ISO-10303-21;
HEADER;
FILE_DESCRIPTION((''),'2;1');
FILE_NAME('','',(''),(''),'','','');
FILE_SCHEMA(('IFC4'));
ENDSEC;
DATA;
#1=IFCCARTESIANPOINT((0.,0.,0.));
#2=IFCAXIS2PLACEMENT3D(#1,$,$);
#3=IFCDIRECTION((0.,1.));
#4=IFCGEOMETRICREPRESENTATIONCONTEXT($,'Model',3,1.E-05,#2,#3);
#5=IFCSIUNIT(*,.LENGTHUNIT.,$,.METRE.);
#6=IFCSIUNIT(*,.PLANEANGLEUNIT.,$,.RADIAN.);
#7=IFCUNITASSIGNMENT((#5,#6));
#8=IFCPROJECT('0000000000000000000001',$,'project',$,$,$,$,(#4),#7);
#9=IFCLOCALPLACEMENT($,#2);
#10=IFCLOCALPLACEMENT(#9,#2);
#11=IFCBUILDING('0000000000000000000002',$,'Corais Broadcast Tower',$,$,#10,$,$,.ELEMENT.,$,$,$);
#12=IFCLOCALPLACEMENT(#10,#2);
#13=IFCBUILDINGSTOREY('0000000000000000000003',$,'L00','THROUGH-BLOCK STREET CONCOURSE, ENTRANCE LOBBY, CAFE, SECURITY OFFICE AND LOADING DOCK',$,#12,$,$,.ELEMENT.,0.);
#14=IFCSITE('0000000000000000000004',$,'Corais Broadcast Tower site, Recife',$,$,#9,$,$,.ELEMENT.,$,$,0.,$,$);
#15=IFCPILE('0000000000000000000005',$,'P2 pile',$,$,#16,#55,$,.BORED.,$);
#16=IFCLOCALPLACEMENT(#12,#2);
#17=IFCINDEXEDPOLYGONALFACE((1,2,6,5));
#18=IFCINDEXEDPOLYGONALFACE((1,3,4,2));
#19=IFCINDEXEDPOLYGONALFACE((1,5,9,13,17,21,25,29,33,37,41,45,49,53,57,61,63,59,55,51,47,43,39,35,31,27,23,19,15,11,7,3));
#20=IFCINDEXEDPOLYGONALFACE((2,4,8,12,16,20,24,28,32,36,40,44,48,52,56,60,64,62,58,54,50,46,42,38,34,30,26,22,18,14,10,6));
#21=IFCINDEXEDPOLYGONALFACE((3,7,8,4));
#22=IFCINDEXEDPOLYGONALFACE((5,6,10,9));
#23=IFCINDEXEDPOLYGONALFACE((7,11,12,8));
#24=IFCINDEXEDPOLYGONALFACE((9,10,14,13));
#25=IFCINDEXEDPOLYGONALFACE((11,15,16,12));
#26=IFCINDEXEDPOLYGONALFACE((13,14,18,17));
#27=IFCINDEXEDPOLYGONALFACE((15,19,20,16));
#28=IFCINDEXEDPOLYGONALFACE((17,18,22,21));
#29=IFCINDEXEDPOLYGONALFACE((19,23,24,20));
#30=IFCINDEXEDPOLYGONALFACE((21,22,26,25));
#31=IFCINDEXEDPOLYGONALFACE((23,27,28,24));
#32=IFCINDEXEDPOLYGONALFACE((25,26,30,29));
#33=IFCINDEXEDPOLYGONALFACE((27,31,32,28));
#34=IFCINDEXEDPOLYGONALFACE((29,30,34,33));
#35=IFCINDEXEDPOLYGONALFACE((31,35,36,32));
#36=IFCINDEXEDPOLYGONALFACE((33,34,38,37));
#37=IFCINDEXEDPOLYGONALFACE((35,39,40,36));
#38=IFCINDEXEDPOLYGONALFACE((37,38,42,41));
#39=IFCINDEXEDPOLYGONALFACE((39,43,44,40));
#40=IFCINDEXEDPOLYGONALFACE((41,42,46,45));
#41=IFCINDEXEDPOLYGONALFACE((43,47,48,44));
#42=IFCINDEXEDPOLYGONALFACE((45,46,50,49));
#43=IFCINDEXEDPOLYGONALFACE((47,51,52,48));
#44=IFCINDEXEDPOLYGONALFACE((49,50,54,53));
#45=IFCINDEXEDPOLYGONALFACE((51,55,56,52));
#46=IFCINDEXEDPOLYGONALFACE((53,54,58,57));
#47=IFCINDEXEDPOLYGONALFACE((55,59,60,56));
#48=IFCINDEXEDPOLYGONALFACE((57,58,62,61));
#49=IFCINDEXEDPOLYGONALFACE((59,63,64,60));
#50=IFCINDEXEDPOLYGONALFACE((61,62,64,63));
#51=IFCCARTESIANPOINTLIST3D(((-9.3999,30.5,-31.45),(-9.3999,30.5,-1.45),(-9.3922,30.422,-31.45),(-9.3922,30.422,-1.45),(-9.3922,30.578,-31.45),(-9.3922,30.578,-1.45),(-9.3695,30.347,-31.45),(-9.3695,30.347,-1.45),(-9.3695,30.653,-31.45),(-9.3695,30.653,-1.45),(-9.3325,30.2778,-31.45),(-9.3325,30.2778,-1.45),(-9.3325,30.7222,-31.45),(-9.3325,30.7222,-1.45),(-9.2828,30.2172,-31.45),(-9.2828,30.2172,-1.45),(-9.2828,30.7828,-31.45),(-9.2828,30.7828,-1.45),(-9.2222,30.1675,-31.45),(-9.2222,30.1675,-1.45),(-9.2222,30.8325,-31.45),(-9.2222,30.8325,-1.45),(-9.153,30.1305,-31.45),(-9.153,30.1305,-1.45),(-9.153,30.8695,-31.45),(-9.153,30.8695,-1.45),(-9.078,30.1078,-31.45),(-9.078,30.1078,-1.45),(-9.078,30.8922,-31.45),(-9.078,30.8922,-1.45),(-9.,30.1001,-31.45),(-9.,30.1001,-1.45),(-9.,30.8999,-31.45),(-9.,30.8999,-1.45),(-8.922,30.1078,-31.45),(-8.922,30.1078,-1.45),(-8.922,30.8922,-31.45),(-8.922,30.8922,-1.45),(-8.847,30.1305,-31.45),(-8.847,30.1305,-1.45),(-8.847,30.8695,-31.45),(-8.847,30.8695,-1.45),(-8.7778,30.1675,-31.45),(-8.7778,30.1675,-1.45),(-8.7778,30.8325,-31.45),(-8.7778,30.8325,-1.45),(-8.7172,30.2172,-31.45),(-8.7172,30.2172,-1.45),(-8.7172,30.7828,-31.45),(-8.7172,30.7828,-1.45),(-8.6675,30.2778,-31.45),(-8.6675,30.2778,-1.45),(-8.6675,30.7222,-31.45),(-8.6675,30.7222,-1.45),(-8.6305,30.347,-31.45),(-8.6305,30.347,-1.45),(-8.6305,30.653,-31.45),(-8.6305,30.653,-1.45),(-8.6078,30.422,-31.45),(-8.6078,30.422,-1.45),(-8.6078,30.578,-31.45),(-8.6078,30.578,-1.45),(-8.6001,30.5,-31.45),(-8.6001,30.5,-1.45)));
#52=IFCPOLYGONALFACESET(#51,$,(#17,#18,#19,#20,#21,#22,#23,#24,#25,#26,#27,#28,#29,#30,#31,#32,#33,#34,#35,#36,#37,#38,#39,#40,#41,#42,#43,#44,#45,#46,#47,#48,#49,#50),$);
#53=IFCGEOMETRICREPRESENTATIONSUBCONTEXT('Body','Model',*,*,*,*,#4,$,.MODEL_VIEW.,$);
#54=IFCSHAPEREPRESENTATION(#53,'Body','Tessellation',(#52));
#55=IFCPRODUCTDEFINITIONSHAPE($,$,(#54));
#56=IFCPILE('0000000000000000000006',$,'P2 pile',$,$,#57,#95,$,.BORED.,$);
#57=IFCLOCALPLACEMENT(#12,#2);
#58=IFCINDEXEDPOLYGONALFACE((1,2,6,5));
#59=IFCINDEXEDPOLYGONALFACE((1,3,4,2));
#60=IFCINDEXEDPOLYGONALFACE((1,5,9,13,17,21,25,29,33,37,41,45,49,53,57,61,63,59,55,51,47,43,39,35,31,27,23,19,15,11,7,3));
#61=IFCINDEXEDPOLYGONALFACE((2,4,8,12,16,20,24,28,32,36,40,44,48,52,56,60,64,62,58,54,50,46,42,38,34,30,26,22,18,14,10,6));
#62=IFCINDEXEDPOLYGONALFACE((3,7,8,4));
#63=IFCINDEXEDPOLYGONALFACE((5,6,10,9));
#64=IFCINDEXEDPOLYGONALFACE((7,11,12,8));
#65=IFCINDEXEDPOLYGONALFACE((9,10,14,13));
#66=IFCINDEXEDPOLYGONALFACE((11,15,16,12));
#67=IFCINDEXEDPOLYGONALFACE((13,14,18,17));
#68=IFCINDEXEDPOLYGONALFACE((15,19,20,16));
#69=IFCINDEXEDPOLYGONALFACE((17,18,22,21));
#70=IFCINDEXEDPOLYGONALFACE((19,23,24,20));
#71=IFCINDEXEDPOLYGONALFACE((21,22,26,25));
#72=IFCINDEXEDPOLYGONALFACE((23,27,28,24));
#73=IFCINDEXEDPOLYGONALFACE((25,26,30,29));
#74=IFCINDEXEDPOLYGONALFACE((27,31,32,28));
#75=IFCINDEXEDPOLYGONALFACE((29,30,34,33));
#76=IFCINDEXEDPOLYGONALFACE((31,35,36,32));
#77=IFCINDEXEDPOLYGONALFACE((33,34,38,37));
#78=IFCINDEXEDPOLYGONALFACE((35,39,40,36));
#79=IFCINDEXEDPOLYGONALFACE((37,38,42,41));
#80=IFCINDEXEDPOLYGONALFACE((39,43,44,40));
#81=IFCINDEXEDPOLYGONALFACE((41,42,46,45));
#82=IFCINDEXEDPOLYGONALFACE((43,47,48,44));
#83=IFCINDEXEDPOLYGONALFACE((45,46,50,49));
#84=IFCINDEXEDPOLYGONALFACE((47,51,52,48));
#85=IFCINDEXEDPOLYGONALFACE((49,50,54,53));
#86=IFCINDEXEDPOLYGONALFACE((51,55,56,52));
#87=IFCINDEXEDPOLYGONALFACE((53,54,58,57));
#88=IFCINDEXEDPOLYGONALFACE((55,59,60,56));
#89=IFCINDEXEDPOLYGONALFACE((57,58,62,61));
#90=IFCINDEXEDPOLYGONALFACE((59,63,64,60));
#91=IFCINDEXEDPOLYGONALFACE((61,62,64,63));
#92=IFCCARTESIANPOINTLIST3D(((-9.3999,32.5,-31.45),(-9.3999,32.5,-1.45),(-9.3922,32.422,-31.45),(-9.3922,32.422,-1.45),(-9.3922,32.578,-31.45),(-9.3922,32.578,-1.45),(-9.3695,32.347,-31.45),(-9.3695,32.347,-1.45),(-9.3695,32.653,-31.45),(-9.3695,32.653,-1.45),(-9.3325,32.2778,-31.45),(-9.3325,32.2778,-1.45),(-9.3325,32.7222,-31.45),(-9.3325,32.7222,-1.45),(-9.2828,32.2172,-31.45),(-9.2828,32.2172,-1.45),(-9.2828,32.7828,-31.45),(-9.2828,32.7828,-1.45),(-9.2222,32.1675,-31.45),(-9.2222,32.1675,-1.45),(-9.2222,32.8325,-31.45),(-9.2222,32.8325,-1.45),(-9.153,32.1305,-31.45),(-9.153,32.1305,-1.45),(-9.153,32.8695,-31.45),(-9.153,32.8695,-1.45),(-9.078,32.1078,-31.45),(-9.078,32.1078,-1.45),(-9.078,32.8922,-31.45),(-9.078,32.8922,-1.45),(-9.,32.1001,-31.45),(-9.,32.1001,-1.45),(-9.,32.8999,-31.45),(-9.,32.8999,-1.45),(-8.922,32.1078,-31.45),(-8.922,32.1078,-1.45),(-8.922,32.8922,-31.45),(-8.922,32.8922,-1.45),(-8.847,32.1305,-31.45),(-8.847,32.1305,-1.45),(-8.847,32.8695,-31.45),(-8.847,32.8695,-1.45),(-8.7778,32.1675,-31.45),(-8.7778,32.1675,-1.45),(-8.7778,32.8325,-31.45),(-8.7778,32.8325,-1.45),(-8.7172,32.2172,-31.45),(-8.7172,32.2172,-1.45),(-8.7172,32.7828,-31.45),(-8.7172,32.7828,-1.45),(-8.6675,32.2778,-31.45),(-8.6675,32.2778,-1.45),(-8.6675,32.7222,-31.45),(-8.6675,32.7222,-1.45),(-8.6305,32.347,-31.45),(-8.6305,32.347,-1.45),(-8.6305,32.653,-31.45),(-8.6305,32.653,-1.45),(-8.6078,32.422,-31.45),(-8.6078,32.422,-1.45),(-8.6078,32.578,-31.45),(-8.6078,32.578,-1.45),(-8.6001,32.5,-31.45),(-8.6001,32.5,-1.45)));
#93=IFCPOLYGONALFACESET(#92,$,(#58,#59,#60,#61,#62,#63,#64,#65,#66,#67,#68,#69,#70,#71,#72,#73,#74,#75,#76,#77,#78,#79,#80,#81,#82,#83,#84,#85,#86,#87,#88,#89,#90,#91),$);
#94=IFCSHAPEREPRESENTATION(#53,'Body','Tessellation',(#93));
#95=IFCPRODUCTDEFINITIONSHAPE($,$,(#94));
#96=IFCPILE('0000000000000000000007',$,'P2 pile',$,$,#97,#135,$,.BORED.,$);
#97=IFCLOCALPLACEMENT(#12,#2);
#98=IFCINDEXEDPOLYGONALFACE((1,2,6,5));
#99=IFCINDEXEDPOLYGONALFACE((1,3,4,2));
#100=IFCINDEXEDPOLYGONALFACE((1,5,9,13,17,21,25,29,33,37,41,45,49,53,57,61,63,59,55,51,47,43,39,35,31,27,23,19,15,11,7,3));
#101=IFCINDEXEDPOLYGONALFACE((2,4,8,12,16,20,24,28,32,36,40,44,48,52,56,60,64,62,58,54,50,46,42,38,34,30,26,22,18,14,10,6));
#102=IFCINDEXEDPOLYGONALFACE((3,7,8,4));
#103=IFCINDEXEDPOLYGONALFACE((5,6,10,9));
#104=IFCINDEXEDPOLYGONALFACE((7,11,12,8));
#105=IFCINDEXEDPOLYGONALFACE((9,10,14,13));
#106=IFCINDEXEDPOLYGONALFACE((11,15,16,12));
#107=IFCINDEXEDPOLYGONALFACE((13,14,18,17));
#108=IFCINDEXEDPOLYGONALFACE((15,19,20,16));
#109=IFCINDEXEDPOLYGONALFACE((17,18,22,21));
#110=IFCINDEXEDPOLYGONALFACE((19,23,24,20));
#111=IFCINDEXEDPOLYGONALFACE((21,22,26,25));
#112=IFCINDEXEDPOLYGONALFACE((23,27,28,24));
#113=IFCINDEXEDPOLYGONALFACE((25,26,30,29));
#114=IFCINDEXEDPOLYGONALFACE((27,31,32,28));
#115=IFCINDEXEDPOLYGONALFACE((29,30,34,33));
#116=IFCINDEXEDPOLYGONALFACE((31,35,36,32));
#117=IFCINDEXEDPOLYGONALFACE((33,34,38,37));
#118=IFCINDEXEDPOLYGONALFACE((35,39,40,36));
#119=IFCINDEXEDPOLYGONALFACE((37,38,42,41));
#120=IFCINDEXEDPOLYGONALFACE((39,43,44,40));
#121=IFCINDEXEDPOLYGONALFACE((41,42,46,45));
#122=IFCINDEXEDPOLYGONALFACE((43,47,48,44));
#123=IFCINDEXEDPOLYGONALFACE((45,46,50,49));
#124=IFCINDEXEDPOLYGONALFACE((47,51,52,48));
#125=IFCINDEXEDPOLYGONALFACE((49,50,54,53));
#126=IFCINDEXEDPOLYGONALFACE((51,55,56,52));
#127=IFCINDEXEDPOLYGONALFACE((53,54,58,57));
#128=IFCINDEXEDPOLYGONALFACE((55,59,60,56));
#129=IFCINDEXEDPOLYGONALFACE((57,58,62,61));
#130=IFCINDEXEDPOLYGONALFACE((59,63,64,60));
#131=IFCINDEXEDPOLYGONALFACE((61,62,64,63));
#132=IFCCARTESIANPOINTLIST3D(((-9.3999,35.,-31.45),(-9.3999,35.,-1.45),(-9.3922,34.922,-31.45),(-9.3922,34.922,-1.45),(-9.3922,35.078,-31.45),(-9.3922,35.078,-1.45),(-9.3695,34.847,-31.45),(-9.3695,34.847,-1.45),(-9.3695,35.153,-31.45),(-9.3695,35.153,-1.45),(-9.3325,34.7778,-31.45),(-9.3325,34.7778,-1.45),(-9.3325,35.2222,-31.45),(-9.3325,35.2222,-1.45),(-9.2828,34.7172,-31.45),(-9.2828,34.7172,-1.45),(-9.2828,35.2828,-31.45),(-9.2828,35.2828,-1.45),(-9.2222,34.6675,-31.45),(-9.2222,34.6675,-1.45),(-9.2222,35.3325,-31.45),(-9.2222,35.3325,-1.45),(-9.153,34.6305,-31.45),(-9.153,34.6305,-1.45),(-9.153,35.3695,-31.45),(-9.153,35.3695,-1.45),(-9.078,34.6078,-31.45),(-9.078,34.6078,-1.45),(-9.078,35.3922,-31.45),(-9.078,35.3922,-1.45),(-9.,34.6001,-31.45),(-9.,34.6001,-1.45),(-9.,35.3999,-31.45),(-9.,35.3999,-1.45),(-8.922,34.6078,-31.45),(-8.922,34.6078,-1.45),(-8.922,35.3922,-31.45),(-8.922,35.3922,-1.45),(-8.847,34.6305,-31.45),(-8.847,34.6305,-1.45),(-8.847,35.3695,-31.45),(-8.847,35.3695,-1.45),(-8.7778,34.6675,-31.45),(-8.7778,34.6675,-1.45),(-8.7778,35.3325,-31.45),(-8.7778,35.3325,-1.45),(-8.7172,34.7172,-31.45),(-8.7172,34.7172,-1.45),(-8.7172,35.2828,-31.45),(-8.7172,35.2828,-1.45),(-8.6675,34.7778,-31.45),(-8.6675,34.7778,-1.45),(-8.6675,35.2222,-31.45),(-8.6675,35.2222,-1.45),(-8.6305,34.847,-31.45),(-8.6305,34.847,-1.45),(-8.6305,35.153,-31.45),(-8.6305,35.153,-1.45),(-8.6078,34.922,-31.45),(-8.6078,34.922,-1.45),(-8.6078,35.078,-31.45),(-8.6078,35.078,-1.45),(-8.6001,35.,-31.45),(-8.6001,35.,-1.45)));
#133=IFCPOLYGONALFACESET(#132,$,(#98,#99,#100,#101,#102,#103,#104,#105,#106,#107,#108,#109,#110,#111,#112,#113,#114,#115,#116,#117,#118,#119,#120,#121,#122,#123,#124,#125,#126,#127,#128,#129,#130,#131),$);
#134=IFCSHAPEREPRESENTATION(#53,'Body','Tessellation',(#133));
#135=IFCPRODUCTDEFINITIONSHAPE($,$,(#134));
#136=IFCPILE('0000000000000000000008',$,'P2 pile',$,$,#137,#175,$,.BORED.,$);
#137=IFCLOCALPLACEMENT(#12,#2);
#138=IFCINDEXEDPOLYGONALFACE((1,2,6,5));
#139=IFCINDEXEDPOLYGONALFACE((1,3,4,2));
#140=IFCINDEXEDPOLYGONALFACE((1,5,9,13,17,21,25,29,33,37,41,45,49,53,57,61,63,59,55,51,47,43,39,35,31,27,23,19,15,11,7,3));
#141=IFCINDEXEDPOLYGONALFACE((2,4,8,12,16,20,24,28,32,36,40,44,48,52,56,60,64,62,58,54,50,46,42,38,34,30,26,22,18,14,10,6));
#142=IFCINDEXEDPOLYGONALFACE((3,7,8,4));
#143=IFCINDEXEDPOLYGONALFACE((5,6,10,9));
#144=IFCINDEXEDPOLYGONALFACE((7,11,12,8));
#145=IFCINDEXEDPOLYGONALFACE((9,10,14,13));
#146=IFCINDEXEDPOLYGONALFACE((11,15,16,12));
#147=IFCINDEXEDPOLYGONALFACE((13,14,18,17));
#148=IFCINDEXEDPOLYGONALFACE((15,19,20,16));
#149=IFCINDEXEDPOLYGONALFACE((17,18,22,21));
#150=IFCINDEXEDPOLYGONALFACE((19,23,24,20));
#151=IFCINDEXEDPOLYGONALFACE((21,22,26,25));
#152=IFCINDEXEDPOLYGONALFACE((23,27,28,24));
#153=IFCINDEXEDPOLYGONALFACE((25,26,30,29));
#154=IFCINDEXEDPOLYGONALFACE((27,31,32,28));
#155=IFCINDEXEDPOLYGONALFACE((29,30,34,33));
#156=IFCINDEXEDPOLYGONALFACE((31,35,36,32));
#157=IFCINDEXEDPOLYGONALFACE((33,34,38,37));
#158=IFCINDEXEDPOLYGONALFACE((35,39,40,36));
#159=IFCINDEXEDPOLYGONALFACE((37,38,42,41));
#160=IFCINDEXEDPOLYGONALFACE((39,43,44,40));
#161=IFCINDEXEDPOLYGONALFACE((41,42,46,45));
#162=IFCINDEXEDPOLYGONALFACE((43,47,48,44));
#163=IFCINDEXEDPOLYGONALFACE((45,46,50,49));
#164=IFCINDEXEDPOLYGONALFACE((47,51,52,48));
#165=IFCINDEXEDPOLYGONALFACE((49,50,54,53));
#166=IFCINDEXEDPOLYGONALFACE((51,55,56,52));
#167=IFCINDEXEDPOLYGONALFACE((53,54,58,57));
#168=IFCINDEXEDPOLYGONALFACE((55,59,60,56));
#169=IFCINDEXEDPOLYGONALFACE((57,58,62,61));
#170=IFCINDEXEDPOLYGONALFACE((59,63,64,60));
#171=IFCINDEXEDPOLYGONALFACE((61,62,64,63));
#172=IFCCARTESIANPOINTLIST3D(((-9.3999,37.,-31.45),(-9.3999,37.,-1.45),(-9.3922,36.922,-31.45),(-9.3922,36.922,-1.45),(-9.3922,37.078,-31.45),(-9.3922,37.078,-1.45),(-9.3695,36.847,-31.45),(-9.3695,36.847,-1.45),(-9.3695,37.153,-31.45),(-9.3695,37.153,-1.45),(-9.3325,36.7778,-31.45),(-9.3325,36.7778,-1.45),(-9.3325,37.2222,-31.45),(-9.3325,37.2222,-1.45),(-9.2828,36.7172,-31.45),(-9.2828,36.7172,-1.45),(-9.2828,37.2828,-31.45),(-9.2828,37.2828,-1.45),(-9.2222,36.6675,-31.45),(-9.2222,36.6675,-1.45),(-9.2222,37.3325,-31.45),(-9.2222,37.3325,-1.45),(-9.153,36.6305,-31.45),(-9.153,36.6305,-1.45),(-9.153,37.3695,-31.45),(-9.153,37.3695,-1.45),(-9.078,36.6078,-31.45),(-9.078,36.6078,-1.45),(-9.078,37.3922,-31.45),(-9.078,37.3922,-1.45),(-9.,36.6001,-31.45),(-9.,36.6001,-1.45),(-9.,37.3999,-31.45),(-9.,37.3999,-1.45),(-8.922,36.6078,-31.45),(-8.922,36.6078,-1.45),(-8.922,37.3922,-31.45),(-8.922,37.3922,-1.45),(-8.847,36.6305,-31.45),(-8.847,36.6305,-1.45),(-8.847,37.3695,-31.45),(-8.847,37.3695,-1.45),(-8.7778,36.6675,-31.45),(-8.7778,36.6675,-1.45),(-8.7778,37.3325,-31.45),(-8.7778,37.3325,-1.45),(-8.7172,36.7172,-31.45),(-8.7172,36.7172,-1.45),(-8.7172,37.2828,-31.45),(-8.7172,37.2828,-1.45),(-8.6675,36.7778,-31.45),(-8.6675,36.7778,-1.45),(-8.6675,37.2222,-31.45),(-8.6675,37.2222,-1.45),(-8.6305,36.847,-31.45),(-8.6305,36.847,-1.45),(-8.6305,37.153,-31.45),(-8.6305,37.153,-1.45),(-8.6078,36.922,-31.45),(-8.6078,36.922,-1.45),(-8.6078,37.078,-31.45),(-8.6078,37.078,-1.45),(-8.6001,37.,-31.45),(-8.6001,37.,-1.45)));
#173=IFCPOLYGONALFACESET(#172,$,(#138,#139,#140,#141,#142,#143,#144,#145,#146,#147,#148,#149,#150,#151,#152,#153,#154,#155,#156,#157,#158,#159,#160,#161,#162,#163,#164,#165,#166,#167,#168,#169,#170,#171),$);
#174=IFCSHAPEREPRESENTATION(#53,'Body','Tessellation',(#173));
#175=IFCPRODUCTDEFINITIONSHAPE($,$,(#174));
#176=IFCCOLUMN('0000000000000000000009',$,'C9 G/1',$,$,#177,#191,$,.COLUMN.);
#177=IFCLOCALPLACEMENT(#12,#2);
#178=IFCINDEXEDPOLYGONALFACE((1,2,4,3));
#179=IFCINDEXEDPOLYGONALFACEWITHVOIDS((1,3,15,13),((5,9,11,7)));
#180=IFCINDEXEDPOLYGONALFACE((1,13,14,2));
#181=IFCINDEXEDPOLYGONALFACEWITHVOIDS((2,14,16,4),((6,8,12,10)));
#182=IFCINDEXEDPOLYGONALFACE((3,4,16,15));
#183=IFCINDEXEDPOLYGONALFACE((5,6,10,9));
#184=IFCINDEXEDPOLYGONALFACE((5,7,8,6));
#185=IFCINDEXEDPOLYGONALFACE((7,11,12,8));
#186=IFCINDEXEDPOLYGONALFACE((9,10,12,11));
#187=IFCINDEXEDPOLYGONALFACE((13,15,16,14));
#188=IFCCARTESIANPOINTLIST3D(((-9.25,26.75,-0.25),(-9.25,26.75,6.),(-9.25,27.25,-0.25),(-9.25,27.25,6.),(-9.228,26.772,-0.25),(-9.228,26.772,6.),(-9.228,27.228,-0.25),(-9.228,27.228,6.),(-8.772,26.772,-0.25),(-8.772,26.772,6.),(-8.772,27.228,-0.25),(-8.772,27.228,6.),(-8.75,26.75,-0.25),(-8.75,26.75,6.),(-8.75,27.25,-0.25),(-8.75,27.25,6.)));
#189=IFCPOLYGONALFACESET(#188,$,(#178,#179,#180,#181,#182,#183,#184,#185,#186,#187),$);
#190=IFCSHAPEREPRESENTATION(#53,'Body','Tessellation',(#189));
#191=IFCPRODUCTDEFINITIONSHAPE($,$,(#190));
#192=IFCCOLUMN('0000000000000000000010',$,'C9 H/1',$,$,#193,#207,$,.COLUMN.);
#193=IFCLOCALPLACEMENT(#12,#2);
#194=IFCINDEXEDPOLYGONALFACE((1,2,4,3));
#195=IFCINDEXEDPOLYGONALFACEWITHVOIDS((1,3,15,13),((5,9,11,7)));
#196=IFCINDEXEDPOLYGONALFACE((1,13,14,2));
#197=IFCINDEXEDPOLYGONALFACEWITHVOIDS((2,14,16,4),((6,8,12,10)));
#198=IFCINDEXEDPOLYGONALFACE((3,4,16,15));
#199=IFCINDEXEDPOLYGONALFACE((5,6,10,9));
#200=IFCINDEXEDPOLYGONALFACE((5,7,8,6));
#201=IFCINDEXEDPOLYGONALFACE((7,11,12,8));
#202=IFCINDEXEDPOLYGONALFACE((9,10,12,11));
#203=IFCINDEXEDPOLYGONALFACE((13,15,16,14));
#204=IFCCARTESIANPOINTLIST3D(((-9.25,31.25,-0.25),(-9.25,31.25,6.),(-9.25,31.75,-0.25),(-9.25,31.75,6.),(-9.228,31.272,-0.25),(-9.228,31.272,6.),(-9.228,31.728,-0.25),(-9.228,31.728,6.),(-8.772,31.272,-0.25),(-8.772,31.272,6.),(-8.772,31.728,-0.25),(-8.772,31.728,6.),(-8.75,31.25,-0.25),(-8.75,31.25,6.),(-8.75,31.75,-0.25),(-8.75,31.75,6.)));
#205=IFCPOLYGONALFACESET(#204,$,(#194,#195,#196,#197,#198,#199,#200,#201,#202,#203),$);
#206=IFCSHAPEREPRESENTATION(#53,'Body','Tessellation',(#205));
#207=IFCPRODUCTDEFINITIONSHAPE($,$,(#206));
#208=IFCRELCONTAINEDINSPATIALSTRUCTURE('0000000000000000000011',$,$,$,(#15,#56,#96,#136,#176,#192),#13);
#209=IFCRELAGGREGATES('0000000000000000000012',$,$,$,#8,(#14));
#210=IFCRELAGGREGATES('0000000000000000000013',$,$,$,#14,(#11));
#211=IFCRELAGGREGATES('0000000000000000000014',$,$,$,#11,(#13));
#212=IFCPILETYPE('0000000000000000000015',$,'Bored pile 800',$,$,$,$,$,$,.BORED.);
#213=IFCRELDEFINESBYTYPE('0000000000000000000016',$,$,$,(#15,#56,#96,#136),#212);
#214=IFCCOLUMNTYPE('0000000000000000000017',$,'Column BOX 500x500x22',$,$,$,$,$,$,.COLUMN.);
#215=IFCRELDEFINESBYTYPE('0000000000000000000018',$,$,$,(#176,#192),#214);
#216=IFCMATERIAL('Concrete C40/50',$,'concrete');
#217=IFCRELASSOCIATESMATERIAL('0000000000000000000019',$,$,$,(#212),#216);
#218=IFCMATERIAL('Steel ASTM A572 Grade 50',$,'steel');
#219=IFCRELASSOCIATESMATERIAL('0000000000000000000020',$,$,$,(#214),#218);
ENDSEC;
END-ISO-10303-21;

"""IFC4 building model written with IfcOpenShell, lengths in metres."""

from ifc_helpers import new_model, si_unit, direction, frame, origin, origin_2d, place, context, subcontext, project, spatial, hollow_rectangle, circle, extrude, material, material_profile, profile_set, type_object, element, save


model = new_model("IFC4")

# Units and contexts
model_context = context("Model", 3, precision=1e-05, world=origin(), true_north=direction((0.0, 1.0)))
body_context = subcontext(model_context, "Body", "Model", "MODEL_VIEW")
ifc_project = project(units=[si_unit("LENGTHUNIT", "METRE"), si_unit("PLANEANGLEUNIT", "RADIAN")], contexts=[model_context])

# Site, building, storey
site_placement = place(None, origin())
site = spatial("IfcSite", under=ifc_project, at=site_placement, Name="Corais Broadcast Tower site, Recife", CompositionType="ELEMENT", RefElevation=0.0)
building_placement = place(site_placement, origin())
building = spatial("IfcBuilding", under=site, at=building_placement, Name="Corais Broadcast Tower", CompositionType="ELEMENT")
storey_placement = place(building_placement, origin())
storey = spatial("IfcBuildingStorey", under=building, at=storey_placement, Name="L00", Description="THROUGH-BLOCK STREET CONCOURSE, ENTRANCE LOBBY, CAFE, SECURITY OFFICE AND LOADING DOCK", CompositionType="ELEMENT", Elevation=0.0)

# Piles
ifc_material_1 = material(Name="Concrete C40/50", Category="concrete")
pile_type_1 = type_object("IfcPileType", Name="Bored pile 800", PredefinedType="BORED", material=ifc_material_1)
for number, where, z_axis, x_axis, name in (
    (1, (-9.0, 30.5, -1.45), (0.0, 0.0, -1.0), (1.0, 0.0, 0.0), "P2 pile"),
    (2, (-9.0, 32.5, -1.45), (0.0, 0.0, -1.0), (1.0, 0.0, 0.0), "P2 pile"),
    (3, (-9.0, 35.0, -1.45), (0.0, 0.0, -1.0), (1.0, 0.0, 0.0), "P2 pile"),
    (4, (-9.0, 37.0, -1.45), (0.0, 0.0, -1.0), (1.0, 0.0, 0.0), "P2 pile"),
):
    element("IfcPile", number, at=place(storey_placement, frame(where, z_axis=z_axis, x_axis=x_axis)), inside=storey, type_object=pile_type_1, Name=name, PredefinedType="BORED", context=body_context, shape_type="SweptSolid", body=[
        extrude(circle(Radius=0.3999, at=origin_2d()), origin(), (0.0, 0.0, 1.0), 30.0),
    ])

# Columns
ifc_material_2 = material(Name="Steel ASTM A572 Grade 50", Category="steel")
ifc_material_profile_1 = material_profile(ifc_material_2, hollow_rectangle(XDim=0.5, YDim=0.5, WallThickness=0.022, at=origin_2d()), Name="BOX 500x500x22")
ifc_profile_set_1 = profile_set([ifc_material_profile_1], Name="Steel ASTM A572 Grade 50")
column_type_1 = type_object("IfcColumnType", Name="Column BOX 500x500x22", PredefinedType="COLUMN", material=ifc_profile_set_1)
for number, where, z_axis, x_axis, name in (
    (5, (-9.0, 27.0, -0.25), (0.0, 0.0, 1.0), (1.0, 0.0, 0.0), "C9 G/1"),
    (6, (-9.0, 31.5, -0.25), (0.0, 0.0, 1.0), (1.0, 0.0, 0.0), "C9 H/1"),
):
    element("IfcColumn", number, at=place(storey_placement, frame(where, z_axis=z_axis, x_axis=x_axis)), inside=storey, type_object=column_type_1, Name=name, PredefinedType="COLUMN", context=body_context, shape_type="SweptSolid", body=[
        extrude(hollow_rectangle(XDim=0.5, YDim=0.5, WallThickness=0.022, at=origin_2d()), origin(), (0.0, 0.0, 1.0), 6.25),
    ])

save(model, "model.ifc")
